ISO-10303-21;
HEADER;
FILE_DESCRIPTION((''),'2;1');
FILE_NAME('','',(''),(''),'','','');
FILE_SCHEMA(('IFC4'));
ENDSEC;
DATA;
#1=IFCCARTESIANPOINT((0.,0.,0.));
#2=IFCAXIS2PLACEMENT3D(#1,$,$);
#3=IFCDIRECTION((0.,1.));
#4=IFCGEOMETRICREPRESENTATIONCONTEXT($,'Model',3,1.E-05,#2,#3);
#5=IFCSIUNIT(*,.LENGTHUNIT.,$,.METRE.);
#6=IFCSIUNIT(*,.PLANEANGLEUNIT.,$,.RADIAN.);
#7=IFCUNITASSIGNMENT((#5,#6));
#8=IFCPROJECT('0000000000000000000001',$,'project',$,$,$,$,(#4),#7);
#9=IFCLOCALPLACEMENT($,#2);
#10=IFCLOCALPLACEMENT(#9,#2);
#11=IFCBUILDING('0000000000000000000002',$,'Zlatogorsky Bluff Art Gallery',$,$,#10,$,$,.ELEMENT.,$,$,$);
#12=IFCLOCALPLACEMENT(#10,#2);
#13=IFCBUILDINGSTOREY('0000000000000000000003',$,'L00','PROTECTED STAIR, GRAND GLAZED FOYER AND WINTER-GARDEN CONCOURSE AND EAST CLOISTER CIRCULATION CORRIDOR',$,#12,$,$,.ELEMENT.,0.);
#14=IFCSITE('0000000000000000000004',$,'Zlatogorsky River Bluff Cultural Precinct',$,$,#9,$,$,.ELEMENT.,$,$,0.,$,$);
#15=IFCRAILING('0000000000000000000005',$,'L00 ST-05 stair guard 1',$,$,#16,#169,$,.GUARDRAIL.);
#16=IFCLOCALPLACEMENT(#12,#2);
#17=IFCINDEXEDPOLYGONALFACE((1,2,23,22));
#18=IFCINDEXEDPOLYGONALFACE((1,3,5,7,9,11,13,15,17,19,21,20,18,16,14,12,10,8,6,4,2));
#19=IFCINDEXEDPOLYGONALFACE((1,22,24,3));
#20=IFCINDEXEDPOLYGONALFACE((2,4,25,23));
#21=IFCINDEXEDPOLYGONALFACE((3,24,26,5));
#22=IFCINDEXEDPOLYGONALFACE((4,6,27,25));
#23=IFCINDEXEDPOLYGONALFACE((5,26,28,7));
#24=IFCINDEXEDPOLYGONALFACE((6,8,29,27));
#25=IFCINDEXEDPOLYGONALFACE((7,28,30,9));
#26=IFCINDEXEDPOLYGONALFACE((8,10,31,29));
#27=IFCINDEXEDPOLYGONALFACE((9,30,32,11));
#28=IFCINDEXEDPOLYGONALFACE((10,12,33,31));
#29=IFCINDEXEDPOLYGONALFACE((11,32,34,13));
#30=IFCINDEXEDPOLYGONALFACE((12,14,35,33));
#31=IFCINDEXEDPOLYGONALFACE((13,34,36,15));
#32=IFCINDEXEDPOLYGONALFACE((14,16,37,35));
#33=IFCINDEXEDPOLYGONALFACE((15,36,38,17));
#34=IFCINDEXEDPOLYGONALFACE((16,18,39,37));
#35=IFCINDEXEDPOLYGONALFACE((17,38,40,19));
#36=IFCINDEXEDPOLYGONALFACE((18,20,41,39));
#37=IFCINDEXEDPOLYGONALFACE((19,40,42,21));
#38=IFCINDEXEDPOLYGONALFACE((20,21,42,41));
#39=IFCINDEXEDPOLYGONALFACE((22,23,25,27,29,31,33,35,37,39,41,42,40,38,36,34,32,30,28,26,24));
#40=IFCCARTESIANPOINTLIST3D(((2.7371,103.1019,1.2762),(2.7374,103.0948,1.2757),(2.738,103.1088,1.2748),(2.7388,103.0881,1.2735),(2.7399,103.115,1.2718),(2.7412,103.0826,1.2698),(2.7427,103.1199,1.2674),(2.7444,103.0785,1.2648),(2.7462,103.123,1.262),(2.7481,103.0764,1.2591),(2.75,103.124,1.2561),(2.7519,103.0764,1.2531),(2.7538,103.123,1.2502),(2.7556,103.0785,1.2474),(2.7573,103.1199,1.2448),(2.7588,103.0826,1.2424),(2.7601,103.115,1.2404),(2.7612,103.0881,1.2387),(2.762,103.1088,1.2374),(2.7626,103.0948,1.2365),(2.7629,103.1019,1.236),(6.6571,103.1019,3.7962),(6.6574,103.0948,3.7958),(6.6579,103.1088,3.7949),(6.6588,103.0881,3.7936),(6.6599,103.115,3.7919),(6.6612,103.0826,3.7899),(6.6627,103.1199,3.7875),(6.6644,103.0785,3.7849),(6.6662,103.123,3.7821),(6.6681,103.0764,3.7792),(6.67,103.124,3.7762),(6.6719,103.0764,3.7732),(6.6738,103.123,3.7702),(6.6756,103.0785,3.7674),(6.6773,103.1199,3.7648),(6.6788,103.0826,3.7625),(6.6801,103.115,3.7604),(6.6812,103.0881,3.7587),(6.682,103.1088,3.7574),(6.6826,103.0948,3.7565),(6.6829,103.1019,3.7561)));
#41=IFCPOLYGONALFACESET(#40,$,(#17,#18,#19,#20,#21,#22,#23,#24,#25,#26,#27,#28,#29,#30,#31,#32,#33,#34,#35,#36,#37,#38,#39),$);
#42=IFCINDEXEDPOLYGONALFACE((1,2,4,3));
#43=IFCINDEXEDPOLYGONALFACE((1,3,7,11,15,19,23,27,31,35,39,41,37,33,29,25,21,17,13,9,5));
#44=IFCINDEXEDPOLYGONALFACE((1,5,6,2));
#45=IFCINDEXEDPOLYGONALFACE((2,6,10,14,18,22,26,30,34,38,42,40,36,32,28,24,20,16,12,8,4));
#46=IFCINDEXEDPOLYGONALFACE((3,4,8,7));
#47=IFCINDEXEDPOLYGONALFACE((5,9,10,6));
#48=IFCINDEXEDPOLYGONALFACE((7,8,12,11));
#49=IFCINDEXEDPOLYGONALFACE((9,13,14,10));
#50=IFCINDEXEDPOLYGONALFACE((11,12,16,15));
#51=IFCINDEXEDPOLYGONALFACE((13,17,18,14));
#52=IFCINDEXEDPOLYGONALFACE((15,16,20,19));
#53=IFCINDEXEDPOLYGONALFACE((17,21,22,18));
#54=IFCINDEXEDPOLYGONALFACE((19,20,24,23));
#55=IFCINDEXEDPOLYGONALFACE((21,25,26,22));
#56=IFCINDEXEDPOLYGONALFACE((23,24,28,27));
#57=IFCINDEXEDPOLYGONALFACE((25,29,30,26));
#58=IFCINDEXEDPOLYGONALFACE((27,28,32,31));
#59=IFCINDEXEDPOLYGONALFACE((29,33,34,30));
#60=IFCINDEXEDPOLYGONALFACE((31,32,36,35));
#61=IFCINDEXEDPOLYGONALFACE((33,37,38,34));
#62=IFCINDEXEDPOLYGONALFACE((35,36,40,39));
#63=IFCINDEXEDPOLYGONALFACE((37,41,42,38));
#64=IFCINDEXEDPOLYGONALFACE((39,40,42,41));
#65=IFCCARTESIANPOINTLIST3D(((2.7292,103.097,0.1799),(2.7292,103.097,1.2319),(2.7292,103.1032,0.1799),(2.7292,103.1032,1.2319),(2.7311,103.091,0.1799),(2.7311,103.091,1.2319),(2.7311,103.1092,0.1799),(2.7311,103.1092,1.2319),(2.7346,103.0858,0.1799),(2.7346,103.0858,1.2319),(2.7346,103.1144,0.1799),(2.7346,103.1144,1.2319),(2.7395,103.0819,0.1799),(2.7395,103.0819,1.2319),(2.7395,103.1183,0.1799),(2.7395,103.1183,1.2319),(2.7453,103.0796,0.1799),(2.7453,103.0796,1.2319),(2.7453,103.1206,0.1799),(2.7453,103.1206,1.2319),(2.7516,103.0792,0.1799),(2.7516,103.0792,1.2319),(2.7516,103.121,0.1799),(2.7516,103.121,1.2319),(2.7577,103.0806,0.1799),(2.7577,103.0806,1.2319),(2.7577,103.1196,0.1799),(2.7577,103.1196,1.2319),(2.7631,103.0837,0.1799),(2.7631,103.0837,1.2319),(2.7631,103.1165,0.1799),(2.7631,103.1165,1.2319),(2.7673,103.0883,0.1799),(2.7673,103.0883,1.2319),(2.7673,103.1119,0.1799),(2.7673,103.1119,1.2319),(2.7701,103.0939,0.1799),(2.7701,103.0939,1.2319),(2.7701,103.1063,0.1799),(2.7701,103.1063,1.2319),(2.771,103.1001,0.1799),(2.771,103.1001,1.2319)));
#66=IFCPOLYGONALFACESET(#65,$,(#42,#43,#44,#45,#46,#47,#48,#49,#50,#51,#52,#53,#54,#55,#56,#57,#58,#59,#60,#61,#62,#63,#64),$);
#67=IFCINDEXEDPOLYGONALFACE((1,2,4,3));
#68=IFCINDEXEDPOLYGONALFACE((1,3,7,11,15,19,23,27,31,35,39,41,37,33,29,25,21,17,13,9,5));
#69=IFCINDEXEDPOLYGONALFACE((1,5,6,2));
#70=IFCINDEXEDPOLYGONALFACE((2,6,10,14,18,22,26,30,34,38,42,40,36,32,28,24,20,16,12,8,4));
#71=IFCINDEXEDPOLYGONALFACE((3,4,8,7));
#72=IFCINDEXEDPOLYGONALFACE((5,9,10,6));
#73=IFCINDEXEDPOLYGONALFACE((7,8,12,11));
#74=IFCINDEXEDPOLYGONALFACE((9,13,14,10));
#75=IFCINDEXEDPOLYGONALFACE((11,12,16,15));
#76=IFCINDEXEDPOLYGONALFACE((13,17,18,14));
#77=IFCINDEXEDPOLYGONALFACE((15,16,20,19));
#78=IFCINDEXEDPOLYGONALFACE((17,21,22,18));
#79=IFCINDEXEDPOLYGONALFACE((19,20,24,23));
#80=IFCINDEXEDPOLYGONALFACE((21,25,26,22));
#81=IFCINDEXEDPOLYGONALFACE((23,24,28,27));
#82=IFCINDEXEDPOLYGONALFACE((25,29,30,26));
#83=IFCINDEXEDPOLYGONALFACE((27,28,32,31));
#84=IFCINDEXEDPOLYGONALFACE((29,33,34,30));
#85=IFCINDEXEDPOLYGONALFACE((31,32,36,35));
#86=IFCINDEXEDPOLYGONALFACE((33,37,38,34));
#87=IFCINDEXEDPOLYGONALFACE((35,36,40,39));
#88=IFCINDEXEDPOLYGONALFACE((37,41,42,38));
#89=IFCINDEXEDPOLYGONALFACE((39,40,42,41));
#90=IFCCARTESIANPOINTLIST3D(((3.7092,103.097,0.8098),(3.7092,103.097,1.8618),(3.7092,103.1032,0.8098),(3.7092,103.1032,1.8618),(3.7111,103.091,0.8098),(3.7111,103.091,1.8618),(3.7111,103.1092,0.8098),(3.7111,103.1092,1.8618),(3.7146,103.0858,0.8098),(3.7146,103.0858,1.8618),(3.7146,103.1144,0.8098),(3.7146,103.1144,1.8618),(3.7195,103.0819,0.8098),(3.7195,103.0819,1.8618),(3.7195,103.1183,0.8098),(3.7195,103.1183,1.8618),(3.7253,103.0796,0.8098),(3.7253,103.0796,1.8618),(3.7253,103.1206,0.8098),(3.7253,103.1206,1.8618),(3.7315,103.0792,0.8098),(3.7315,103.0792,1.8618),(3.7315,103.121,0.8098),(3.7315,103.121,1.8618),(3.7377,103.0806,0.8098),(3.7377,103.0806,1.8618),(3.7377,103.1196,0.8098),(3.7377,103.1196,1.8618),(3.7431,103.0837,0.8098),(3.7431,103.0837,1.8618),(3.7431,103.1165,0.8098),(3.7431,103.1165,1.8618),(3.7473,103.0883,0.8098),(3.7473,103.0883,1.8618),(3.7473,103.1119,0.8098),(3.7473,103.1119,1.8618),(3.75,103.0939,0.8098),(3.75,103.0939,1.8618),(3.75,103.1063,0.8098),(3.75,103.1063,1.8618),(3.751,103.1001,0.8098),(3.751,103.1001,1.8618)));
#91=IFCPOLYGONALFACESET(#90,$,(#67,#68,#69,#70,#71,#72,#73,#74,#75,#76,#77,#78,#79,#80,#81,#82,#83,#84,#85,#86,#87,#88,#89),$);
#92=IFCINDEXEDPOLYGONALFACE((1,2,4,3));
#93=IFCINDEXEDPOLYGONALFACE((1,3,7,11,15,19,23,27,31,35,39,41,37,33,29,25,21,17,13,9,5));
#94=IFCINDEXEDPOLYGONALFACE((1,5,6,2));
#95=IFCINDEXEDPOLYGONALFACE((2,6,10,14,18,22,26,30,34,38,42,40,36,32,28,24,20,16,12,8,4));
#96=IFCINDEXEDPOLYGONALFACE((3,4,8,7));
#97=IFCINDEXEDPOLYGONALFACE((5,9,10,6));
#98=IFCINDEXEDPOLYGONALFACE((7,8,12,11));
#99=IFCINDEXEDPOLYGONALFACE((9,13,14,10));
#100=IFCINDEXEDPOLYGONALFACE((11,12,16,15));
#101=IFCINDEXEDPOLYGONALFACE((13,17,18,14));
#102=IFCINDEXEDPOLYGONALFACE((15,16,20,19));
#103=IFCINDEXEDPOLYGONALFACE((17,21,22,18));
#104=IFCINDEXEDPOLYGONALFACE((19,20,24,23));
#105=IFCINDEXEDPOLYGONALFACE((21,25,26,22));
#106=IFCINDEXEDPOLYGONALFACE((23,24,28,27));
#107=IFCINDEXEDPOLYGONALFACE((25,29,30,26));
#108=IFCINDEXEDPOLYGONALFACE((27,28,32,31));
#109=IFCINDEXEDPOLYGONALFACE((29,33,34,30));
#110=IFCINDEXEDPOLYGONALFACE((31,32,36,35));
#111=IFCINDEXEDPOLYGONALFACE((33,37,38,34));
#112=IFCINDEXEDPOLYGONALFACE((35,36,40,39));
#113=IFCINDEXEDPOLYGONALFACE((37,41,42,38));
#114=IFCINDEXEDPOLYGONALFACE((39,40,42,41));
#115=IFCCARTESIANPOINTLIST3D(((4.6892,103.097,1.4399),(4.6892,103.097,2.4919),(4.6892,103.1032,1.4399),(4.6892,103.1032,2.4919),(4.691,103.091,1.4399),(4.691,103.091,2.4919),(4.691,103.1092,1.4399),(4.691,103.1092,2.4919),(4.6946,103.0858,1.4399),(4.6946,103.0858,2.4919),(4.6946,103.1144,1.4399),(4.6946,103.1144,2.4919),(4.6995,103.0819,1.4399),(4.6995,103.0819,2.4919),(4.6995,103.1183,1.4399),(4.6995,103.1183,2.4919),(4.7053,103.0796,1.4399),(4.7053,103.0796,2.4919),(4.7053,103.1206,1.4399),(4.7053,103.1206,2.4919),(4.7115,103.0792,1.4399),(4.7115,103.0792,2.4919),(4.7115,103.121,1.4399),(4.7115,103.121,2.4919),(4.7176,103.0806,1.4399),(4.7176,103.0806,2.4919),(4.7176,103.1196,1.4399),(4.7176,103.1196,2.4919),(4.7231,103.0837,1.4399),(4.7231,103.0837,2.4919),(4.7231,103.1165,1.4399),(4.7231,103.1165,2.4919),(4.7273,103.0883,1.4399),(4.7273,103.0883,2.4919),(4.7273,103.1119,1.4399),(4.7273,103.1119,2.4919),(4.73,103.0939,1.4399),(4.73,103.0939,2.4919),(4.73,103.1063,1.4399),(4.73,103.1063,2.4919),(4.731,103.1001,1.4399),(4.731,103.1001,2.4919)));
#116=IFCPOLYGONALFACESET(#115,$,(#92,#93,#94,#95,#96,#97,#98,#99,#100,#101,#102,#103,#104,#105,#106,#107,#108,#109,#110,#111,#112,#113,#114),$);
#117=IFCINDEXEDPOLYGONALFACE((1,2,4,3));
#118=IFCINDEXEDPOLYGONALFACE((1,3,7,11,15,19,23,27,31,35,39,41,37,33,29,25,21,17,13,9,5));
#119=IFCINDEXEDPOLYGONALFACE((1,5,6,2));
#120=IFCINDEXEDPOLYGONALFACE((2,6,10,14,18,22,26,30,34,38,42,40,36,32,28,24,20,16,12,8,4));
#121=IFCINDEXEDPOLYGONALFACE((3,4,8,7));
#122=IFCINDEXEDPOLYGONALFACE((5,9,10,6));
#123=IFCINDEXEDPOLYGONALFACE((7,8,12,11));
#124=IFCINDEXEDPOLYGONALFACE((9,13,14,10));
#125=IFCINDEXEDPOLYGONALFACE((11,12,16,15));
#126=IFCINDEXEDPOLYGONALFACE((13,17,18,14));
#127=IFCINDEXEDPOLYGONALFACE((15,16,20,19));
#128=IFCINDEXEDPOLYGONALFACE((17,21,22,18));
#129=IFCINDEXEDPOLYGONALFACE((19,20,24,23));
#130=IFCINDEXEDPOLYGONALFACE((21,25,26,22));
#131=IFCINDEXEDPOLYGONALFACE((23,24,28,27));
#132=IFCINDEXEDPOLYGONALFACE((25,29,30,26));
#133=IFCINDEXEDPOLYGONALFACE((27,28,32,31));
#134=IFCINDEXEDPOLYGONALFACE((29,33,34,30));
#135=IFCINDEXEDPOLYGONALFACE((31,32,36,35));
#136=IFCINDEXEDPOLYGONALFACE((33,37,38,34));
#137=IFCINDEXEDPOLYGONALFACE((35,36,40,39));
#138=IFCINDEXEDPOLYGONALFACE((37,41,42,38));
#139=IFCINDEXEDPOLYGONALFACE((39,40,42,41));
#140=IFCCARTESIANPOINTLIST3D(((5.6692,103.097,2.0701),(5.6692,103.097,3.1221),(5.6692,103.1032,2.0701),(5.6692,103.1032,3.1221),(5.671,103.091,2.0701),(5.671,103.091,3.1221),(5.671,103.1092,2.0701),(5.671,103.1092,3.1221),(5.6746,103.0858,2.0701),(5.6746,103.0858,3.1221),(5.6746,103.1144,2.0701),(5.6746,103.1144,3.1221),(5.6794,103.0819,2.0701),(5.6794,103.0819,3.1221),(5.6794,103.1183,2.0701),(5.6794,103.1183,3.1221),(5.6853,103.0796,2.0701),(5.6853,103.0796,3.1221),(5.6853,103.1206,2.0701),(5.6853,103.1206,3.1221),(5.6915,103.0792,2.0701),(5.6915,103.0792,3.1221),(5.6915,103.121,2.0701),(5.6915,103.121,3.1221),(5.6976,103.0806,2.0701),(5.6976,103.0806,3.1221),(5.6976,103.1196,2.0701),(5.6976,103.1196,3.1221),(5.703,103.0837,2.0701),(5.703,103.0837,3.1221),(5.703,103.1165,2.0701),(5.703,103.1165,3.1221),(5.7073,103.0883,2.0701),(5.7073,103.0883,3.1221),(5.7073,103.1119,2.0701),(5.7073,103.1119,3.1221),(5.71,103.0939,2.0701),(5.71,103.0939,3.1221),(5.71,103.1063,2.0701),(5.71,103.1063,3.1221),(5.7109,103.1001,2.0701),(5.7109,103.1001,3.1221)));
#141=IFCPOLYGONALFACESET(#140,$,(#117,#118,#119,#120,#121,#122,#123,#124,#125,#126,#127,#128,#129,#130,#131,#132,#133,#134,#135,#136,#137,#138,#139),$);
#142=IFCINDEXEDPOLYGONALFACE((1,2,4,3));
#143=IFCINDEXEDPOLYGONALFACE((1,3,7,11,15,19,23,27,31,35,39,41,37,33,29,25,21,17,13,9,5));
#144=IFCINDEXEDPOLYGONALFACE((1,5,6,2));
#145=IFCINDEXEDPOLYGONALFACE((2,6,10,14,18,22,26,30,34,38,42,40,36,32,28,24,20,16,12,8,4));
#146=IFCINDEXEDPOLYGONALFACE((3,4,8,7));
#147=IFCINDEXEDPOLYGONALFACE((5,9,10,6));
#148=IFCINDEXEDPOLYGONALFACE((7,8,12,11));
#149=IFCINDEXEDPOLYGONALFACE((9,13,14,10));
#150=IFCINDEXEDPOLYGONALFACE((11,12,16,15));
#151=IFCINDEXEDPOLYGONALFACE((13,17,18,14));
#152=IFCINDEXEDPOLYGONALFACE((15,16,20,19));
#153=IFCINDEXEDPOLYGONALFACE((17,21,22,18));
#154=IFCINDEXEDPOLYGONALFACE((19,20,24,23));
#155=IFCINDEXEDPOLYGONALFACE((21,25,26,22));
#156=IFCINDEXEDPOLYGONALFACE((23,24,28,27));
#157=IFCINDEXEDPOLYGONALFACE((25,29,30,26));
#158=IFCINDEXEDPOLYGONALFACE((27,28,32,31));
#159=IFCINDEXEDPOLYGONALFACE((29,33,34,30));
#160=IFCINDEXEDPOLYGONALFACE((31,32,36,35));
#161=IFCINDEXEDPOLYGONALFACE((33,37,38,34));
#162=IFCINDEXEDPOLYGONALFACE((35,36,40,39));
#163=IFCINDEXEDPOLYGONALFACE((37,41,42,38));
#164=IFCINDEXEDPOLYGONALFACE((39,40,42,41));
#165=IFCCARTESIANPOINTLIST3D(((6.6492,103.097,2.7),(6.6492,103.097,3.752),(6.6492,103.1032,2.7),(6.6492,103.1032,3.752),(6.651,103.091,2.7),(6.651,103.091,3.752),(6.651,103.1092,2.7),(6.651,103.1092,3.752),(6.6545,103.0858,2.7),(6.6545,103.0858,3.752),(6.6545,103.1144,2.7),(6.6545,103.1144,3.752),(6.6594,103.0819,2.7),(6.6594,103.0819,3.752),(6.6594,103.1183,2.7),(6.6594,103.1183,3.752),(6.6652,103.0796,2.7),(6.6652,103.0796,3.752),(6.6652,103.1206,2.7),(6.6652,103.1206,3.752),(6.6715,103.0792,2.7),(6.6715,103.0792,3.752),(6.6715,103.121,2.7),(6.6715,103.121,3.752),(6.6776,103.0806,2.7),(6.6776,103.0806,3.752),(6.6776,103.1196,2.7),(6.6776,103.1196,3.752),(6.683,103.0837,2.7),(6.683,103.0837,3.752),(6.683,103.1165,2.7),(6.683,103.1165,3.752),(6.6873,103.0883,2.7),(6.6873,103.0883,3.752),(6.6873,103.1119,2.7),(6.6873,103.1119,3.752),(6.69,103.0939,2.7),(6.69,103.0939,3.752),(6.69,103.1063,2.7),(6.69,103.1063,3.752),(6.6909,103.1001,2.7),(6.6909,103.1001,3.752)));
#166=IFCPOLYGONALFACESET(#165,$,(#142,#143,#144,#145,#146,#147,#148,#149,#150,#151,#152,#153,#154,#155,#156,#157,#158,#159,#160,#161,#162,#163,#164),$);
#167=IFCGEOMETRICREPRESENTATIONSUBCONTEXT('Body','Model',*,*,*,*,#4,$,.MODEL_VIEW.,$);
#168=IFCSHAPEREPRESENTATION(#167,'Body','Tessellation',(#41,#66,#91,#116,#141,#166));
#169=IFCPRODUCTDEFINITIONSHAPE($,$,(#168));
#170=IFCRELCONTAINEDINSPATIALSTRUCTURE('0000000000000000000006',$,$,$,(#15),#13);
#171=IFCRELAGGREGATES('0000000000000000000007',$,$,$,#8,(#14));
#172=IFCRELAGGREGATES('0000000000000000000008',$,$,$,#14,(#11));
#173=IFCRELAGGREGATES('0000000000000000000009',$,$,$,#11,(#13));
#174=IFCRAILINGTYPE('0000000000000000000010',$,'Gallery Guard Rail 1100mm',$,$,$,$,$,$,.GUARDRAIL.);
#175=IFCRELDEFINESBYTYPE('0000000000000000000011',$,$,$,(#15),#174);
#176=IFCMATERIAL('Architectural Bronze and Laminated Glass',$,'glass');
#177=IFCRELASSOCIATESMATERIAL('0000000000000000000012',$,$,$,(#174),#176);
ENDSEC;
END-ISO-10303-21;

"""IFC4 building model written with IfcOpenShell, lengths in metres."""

from ifc_helpers import new_model, si_unit, direction, frame, origin, origin_2d, place, context, subcontext, project, spatial, circle, extrude, material, type_object, element, save


model = new_model("IFC4")

# Units and contexts
model_context = context("Model", 3, precision=1e-05, world=origin(), true_north=direction((0.0, 1.0)))
body_context = subcontext(model_context, "Body", "Model", "MODEL_VIEW")
ifc_project = project(units=[si_unit("LENGTHUNIT", "METRE"), si_unit("PLANEANGLEUNIT", "RADIAN")], contexts=[model_context])

# Site, building, storey
site_placement = place(None, origin())
site = spatial("IfcSite", under=ifc_project, at=site_placement, Name="Zlatogorsky River Bluff Cultural Precinct", CompositionType="ELEMENT", RefElevation=0.0)
building_placement = place(site_placement, origin())
building = spatial("IfcBuilding", under=site, at=building_placement, Name="Zlatogorsky Bluff Art Gallery", CompositionType="ELEMENT")
storey_placement = place(building_placement, origin())
storey = spatial("IfcBuildingStorey", under=building, at=storey_placement, Name="L00", Description="PROTECTED STAIR, GRAND GLAZED FOYER AND WINTER-GARDEN CONCOURSE AND EAST CLOISTER CIRCULATION CORRIDOR", CompositionType="ELEMENT", Elevation=0.0)

# Railing
ifc_material_1 = material(Name="Architectural Bronze and Laminated Glass", Category="glass")
railing_type_1 = type_object("IfcRailingType", Name="Gallery Guard Rail 1100mm", PredefinedType="GUARDRAIL", material=ifc_material_1)
railing_1_placement = place(storey_placement, frame((2.75, 103.1001, 0.1799)))
element("IfcRailing", 1, at=railing_1_placement, inside=storey, type_object=railing_type_1, Name="L00 ST-05 stair guard 1", PredefinedType="GUARDRAIL", context=body_context, shape_type="SweptSolid", body=[
    extrude(circle(Radius=0.0239, at=origin_2d()), frame((0.0, 0.0, 1.0762), z_axis=(0.841172, 0.0, 0.540768), x_axis=(0.0, 1.0, 0.0)), (0.0, 0.0, 1.0), 4.6602),
    extrude(circle(Radius=0.021, at=origin_2d()), origin(), (0.0, 0.0, 1.0), 1.052),
    extrude(circle(Radius=0.021, at=origin_2d()), frame((0.98, 0.0, 0.6299)), (0.0, 0.0, 1.0), 1.052),
    extrude(circle(Radius=0.021, at=origin_2d()), frame((1.96, 0.0, 1.26)), (0.0, 0.0, 1.0), 1.052),
    extrude(circle(Radius=0.021, at=origin_2d()), frame((2.9399, 0.0, 1.8901)), (0.0, 0.0, 1.0), 1.052),
    extrude(circle(Radius=0.021, at=origin_2d()), frame((3.9199, 0.0, 2.52)), (0.0, 0.0, 1.0), 1.052),
])

save(model, "model.ifc")
